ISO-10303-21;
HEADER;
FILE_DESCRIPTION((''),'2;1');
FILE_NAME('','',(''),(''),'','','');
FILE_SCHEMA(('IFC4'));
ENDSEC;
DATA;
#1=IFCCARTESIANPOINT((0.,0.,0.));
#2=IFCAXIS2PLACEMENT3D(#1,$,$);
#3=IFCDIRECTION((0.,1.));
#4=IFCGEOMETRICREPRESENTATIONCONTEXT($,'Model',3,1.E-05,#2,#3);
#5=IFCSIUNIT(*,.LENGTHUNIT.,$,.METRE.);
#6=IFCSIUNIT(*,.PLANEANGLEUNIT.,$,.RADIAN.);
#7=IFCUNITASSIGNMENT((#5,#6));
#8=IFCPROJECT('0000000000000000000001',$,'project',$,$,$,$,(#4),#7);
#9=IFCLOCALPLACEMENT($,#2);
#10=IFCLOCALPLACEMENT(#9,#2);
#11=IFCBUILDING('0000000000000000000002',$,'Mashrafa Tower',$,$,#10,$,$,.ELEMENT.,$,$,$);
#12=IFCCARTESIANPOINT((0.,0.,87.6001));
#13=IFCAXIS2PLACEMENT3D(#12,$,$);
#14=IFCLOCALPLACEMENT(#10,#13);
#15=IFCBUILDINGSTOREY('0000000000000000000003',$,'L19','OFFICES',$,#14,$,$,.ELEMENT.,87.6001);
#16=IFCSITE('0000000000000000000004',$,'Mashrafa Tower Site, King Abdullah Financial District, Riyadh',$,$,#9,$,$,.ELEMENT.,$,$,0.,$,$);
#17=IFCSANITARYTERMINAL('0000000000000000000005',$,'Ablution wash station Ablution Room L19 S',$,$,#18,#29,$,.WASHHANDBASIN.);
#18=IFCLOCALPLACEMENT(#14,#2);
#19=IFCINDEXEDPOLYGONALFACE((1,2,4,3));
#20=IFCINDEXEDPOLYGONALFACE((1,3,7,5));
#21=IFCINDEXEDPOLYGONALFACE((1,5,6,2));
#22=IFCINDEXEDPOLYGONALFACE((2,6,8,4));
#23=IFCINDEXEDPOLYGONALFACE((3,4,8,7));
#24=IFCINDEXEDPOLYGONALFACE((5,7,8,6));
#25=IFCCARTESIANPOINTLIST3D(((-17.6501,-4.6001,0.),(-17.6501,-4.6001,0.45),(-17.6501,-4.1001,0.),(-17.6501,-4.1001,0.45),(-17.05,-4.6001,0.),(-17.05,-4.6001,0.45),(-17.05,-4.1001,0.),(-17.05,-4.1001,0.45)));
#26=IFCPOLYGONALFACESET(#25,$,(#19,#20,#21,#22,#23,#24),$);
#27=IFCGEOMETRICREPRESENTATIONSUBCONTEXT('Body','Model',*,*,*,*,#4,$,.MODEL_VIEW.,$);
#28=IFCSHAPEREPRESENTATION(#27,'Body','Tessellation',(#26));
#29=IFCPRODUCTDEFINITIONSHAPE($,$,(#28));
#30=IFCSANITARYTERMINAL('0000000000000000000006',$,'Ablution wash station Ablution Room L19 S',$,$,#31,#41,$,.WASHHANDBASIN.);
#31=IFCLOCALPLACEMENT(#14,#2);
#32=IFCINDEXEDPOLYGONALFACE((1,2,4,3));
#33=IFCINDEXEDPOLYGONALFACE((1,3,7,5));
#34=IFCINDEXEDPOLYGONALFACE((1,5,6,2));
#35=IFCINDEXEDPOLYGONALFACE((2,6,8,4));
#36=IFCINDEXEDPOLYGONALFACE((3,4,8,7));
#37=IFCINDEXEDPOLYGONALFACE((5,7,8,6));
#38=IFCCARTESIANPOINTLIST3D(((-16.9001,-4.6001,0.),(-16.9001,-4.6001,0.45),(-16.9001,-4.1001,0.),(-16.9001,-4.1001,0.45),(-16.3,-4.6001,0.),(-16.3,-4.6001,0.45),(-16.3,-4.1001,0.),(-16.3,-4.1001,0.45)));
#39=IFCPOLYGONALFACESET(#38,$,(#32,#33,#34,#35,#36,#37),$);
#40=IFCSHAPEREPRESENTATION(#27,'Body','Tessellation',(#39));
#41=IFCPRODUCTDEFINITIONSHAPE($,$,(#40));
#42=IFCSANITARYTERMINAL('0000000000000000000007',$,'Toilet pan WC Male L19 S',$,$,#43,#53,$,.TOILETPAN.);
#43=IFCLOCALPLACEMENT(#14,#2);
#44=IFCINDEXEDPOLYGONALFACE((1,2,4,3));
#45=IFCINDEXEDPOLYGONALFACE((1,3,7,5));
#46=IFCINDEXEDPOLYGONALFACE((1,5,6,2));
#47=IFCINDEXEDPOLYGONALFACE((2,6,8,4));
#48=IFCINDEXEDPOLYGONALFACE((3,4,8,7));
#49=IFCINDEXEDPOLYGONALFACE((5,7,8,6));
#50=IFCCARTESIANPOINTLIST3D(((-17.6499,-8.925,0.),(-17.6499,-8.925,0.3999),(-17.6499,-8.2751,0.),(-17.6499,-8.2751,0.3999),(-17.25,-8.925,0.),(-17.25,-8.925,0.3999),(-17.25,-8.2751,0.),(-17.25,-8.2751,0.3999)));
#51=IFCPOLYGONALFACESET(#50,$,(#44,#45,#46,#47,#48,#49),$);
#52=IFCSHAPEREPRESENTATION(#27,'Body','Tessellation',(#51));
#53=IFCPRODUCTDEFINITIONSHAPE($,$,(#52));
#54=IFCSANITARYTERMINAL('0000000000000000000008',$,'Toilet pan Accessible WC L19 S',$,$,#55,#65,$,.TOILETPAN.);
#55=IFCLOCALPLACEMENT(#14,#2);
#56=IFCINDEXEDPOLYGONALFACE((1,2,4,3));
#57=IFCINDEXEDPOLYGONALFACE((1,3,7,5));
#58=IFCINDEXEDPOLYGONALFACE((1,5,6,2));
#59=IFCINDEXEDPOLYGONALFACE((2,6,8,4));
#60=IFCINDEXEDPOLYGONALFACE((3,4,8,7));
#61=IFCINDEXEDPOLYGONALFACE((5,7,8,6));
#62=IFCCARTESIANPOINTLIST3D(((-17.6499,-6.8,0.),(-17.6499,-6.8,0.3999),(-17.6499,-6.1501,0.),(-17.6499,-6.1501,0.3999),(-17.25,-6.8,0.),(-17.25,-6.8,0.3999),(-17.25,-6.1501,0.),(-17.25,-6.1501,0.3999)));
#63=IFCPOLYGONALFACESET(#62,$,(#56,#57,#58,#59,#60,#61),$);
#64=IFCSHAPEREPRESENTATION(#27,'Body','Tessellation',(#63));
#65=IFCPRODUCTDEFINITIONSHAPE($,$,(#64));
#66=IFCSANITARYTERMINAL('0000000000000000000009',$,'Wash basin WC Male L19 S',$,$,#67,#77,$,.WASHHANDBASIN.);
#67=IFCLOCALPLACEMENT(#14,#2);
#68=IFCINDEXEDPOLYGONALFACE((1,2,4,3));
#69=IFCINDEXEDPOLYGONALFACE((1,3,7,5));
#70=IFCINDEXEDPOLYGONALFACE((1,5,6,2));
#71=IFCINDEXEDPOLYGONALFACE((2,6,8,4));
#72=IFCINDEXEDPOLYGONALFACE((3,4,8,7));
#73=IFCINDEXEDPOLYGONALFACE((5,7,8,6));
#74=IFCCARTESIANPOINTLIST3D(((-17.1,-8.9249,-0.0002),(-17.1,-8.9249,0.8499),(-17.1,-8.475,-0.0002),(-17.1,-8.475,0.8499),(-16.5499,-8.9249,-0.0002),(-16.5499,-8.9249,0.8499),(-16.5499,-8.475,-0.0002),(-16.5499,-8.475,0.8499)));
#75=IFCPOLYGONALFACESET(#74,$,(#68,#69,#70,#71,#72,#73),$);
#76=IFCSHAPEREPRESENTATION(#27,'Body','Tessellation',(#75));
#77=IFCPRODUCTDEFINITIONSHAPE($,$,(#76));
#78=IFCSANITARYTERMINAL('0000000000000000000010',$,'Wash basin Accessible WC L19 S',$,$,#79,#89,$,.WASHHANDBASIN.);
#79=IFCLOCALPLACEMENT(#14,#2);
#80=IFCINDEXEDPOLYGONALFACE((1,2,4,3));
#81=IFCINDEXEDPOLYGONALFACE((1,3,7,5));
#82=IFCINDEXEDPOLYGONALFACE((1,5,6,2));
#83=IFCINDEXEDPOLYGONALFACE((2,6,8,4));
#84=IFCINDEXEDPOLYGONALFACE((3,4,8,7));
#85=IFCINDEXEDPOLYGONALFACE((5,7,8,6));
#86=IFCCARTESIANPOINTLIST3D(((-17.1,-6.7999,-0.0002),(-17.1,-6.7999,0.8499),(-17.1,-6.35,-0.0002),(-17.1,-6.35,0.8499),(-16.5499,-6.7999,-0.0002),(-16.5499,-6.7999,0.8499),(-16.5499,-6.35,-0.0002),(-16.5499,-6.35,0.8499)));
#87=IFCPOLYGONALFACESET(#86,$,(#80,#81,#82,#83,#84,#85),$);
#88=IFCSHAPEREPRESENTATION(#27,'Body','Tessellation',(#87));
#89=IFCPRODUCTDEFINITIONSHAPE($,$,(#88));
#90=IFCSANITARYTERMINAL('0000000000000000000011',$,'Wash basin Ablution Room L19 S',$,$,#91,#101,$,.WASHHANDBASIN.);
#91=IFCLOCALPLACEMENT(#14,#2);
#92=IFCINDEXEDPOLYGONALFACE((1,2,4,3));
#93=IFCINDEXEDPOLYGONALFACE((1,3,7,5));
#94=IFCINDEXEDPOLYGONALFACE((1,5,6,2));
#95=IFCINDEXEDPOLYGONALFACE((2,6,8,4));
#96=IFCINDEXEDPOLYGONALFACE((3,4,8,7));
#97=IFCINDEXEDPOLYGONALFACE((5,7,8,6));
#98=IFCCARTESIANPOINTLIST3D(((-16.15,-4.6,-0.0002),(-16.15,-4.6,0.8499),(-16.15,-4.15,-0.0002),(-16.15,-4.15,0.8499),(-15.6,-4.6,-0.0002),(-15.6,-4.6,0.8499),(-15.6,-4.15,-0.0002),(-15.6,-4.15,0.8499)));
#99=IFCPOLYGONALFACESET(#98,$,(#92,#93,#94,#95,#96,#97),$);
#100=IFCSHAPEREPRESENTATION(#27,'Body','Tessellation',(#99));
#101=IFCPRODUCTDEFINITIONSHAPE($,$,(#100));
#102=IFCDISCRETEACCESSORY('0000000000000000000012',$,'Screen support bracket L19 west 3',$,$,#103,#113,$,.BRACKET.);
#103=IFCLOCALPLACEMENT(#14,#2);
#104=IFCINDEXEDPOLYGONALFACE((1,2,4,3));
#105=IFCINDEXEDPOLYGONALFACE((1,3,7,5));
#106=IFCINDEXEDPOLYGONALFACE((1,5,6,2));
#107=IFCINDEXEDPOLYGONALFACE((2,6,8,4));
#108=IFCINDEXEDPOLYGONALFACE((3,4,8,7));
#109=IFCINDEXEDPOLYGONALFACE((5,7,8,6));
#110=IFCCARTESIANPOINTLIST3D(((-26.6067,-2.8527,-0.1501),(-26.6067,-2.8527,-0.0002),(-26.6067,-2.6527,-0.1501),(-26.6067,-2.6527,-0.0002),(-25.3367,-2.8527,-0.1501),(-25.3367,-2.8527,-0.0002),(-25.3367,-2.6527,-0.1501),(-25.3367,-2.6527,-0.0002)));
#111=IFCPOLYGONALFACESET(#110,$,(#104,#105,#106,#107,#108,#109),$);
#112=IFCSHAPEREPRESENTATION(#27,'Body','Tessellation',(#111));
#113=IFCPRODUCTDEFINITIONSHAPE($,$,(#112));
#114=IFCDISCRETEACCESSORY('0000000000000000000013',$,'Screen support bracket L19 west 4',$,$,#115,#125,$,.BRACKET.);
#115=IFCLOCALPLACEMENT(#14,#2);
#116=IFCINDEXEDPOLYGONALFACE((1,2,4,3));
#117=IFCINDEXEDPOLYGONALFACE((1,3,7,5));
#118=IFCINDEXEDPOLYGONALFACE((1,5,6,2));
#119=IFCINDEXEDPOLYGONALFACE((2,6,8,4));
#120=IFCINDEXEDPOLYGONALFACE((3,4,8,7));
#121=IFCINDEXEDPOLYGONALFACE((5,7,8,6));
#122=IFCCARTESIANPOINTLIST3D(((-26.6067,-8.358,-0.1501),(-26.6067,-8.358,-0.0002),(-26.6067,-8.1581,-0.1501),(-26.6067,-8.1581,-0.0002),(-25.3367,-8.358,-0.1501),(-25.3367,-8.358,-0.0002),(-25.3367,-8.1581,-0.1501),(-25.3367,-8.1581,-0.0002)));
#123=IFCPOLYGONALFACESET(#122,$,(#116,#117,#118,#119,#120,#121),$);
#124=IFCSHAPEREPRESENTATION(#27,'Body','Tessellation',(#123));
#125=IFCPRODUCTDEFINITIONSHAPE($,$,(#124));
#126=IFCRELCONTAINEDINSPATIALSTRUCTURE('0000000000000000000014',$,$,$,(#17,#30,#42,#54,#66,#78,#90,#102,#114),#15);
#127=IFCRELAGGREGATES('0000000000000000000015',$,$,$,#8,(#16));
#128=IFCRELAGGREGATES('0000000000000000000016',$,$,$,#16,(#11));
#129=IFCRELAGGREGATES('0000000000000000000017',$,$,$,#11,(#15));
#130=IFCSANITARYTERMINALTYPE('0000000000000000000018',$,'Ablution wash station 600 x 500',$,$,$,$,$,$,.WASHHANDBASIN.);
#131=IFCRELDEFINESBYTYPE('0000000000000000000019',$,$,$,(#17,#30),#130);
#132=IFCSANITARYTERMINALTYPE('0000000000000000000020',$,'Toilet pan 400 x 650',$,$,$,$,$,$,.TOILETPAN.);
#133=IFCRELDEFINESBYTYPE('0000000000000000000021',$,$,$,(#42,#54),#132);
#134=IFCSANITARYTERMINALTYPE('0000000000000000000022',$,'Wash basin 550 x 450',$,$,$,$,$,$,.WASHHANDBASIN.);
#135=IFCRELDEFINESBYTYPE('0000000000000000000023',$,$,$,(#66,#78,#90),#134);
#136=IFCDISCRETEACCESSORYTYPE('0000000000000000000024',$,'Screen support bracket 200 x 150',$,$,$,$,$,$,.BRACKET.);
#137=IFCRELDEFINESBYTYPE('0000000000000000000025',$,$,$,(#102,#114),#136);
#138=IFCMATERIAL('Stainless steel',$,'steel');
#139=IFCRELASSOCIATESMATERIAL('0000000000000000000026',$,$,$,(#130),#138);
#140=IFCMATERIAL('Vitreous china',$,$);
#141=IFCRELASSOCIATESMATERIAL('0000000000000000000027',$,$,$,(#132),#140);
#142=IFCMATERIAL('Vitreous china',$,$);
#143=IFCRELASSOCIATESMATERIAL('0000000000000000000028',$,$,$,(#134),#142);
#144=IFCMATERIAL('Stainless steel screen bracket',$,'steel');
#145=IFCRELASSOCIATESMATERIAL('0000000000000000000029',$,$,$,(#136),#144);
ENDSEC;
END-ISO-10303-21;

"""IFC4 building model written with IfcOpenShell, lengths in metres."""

from ifc_helpers import new_model, si_unit, direction, frame, origin, origin_2d, place, context, subcontext, project, spatial, rectangle, extrude, source, transform, mapped, material, type_object, type_shapes, element, save


model = new_model("IFC4")

# Units and contexts
model_context = context("Model", 3, precision=1e-05, world=origin(), true_north=direction((0.0, 1.0)))
body_context = subcontext(model_context, "Body", "Model", "MODEL_VIEW")
ifc_project = project(units=[si_unit("LENGTHUNIT", "METRE"), si_unit("PLANEANGLEUNIT", "RADIAN")], contexts=[model_context])

# Site, building, storey
site_placement = place(None, origin())
site = spatial("IfcSite", under=ifc_project, at=site_placement, Name="Mashrafa Tower Site, King Abdullah Financial District, Riyadh", CompositionType="ELEMENT", RefElevation=0.0)
building_placement = place(site_placement, origin())
building = spatial("IfcBuilding", under=site, at=building_placement, Name="Mashrafa Tower", CompositionType="ELEMENT")
storey_placement = place(building_placement, frame((0.0, 0.0, 87.6001)))
storey = spatial("IfcBuildingStorey", under=building, at=storey_placement, Name="L19", Description="OFFICES", CompositionType="ELEMENT", Elevation=87.6001)

# Sanitary terminals
ifc_material_1 = material(Name="Stainless steel", Category="steel")
sanitary_terminal_type_1 = type_object("IfcSanitaryTerminalType", Name="Ablution wash station 600 x 500", PredefinedType="WASHHANDBASIN", material=ifc_material_1)
for number, where, z_axis, x_axis, name in (
    (1, (-17.3501, -4.3501, 0.0), (0.0, 0.0, 1.0), (1.0, 0.0, 0.0), "Ablution wash station Ablution Room L19 S"),
    (2, (-16.6001, -4.3501, 0.0), (0.0, 0.0, 1.0), (1.0, 0.0, 0.0), "Ablution wash station Ablution Room L19 S"),
):
    element("IfcSanitaryTerminal", number, at=place(storey_placement, frame(where, z_axis=z_axis, x_axis=x_axis)), inside=storey, type_object=sanitary_terminal_type_1, Name=name, PredefinedType="WASHHANDBASIN", context=body_context, shape_type="SweptSolid", body=[
        extrude(rectangle(XDim=0.6001, YDim=0.5, at=origin_2d()), origin(), (0.0, 0.0, 1.0), 0.45),
    ])
ifc_material_2 = material(Name="Vitreous china")
sanitary_terminal_type_2 = type_object("IfcSanitaryTerminalType", Name="Toilet pan 400 x 650", PredefinedType="TOILETPAN", material=ifc_material_2)
for number, where, z_axis, x_axis, name in (
    (3, (-17.45, -8.6001, 0.0), (0.0, 0.0, 1.0), (1.0, 0.0, 0.0), "Toilet pan WC Male L19 S"),
    (4, (-17.45, -6.4751, 0.0), (0.0, 0.0, 1.0), (1.0, 0.0, 0.0), "Toilet pan Accessible WC L19 S"),
):
    element("IfcSanitaryTerminal", number, at=place(storey_placement, frame(where, z_axis=z_axis, x_axis=x_axis)), inside=storey, type_object=sanitary_terminal_type_2, Name=name, PredefinedType="TOILETPAN", context=body_context, shape_type="SweptSolid", body=[
        extrude(rectangle(XDim=0.3999, YDim=0.6499, at=origin_2d()), origin(), (0.0, 0.0, 1.0), 0.3999),
    ])
ifc_material_3 = material(Name="Vitreous china")
sanitary_terminal_type_3 = type_object("IfcSanitaryTerminalType", Name="Wash basin 550 x 450", PredefinedType="WASHHANDBASIN", material=ifc_material_3)
for number, where, z_axis, x_axis, name in (
    (5, (-16.825, -8.7, -0.0002), (0.0, 0.0, 1.0), (1.0, 0.0, 0.0), "Wash basin WC Male L19 S"),
    (6, (-16.825, -6.575, -0.0002), (0.0, 0.0, 1.0), (1.0, 0.0, 0.0), "Wash basin Accessible WC L19 S"),
    (7, (-15.875, -4.375, -0.0002), (0.0, 0.0, 1.0), (1.0, 0.0, 0.0), "Wash basin Ablution Room L19 S"),
):
    element("IfcSanitaryTerminal", number, at=place(storey_placement, frame(where, z_axis=z_axis, x_axis=x_axis)), inside=storey, type_object=sanitary_terminal_type_3, Name=name, PredefinedType="WASHHANDBASIN", context=body_context, shape_type="SweptSolid", body=[
        extrude(rectangle(XDim=0.55, YDim=0.45, at=origin_2d()), origin(), (0.0, 0.0, 1.0), 0.8501),
    ])

# Discrete accessories
ifc_material_4 = material(Name="Stainless steel screen bracket", Category="steel")
discrete_accessory_type = type_object("IfcDiscreteAccessoryType", Name="Screen support bracket 200 x 150", PredefinedType="BRACKET", material=ifc_material_4)
shared_shape_1 = source(origin(), body_context, "Body", "SweptSolid", [
    extrude(rectangle(XDim=0.2, YDim=1.27, at=origin_2d()), origin(), (0.0, 0.0, 1.0), 0.1499),
])
type_shapes(discrete_accessory_type, [shared_shape_1])
for number, where, z_axis, x_axis, name in (
    (8, (-25.9717, -2.7527, -0.1501), (0.0, 0.0, 1.0), (0.0, -1.0, 0.0), "Screen support bracket L19 west 3"),
    (9, (-25.9717, -8.2581, -0.1501), (0.0, 0.0, 1.0), (0.0, -1.0, 0.0), "Screen support bracket L19 west 4"),
):
    element("IfcDiscreteAccessory", number, at=place(storey_placement, frame(where, z_axis=z_axis, x_axis=x_axis)), inside=storey, type_object=discrete_accessory_type, Name=name, PredefinedType="BRACKET", context=body_context, shape_type="MappedRepresentation", body=[
        mapped(shared_shape_1, transform((0.0, 0.0, 0.0))),
    ])

save(model, "model.ifc")
